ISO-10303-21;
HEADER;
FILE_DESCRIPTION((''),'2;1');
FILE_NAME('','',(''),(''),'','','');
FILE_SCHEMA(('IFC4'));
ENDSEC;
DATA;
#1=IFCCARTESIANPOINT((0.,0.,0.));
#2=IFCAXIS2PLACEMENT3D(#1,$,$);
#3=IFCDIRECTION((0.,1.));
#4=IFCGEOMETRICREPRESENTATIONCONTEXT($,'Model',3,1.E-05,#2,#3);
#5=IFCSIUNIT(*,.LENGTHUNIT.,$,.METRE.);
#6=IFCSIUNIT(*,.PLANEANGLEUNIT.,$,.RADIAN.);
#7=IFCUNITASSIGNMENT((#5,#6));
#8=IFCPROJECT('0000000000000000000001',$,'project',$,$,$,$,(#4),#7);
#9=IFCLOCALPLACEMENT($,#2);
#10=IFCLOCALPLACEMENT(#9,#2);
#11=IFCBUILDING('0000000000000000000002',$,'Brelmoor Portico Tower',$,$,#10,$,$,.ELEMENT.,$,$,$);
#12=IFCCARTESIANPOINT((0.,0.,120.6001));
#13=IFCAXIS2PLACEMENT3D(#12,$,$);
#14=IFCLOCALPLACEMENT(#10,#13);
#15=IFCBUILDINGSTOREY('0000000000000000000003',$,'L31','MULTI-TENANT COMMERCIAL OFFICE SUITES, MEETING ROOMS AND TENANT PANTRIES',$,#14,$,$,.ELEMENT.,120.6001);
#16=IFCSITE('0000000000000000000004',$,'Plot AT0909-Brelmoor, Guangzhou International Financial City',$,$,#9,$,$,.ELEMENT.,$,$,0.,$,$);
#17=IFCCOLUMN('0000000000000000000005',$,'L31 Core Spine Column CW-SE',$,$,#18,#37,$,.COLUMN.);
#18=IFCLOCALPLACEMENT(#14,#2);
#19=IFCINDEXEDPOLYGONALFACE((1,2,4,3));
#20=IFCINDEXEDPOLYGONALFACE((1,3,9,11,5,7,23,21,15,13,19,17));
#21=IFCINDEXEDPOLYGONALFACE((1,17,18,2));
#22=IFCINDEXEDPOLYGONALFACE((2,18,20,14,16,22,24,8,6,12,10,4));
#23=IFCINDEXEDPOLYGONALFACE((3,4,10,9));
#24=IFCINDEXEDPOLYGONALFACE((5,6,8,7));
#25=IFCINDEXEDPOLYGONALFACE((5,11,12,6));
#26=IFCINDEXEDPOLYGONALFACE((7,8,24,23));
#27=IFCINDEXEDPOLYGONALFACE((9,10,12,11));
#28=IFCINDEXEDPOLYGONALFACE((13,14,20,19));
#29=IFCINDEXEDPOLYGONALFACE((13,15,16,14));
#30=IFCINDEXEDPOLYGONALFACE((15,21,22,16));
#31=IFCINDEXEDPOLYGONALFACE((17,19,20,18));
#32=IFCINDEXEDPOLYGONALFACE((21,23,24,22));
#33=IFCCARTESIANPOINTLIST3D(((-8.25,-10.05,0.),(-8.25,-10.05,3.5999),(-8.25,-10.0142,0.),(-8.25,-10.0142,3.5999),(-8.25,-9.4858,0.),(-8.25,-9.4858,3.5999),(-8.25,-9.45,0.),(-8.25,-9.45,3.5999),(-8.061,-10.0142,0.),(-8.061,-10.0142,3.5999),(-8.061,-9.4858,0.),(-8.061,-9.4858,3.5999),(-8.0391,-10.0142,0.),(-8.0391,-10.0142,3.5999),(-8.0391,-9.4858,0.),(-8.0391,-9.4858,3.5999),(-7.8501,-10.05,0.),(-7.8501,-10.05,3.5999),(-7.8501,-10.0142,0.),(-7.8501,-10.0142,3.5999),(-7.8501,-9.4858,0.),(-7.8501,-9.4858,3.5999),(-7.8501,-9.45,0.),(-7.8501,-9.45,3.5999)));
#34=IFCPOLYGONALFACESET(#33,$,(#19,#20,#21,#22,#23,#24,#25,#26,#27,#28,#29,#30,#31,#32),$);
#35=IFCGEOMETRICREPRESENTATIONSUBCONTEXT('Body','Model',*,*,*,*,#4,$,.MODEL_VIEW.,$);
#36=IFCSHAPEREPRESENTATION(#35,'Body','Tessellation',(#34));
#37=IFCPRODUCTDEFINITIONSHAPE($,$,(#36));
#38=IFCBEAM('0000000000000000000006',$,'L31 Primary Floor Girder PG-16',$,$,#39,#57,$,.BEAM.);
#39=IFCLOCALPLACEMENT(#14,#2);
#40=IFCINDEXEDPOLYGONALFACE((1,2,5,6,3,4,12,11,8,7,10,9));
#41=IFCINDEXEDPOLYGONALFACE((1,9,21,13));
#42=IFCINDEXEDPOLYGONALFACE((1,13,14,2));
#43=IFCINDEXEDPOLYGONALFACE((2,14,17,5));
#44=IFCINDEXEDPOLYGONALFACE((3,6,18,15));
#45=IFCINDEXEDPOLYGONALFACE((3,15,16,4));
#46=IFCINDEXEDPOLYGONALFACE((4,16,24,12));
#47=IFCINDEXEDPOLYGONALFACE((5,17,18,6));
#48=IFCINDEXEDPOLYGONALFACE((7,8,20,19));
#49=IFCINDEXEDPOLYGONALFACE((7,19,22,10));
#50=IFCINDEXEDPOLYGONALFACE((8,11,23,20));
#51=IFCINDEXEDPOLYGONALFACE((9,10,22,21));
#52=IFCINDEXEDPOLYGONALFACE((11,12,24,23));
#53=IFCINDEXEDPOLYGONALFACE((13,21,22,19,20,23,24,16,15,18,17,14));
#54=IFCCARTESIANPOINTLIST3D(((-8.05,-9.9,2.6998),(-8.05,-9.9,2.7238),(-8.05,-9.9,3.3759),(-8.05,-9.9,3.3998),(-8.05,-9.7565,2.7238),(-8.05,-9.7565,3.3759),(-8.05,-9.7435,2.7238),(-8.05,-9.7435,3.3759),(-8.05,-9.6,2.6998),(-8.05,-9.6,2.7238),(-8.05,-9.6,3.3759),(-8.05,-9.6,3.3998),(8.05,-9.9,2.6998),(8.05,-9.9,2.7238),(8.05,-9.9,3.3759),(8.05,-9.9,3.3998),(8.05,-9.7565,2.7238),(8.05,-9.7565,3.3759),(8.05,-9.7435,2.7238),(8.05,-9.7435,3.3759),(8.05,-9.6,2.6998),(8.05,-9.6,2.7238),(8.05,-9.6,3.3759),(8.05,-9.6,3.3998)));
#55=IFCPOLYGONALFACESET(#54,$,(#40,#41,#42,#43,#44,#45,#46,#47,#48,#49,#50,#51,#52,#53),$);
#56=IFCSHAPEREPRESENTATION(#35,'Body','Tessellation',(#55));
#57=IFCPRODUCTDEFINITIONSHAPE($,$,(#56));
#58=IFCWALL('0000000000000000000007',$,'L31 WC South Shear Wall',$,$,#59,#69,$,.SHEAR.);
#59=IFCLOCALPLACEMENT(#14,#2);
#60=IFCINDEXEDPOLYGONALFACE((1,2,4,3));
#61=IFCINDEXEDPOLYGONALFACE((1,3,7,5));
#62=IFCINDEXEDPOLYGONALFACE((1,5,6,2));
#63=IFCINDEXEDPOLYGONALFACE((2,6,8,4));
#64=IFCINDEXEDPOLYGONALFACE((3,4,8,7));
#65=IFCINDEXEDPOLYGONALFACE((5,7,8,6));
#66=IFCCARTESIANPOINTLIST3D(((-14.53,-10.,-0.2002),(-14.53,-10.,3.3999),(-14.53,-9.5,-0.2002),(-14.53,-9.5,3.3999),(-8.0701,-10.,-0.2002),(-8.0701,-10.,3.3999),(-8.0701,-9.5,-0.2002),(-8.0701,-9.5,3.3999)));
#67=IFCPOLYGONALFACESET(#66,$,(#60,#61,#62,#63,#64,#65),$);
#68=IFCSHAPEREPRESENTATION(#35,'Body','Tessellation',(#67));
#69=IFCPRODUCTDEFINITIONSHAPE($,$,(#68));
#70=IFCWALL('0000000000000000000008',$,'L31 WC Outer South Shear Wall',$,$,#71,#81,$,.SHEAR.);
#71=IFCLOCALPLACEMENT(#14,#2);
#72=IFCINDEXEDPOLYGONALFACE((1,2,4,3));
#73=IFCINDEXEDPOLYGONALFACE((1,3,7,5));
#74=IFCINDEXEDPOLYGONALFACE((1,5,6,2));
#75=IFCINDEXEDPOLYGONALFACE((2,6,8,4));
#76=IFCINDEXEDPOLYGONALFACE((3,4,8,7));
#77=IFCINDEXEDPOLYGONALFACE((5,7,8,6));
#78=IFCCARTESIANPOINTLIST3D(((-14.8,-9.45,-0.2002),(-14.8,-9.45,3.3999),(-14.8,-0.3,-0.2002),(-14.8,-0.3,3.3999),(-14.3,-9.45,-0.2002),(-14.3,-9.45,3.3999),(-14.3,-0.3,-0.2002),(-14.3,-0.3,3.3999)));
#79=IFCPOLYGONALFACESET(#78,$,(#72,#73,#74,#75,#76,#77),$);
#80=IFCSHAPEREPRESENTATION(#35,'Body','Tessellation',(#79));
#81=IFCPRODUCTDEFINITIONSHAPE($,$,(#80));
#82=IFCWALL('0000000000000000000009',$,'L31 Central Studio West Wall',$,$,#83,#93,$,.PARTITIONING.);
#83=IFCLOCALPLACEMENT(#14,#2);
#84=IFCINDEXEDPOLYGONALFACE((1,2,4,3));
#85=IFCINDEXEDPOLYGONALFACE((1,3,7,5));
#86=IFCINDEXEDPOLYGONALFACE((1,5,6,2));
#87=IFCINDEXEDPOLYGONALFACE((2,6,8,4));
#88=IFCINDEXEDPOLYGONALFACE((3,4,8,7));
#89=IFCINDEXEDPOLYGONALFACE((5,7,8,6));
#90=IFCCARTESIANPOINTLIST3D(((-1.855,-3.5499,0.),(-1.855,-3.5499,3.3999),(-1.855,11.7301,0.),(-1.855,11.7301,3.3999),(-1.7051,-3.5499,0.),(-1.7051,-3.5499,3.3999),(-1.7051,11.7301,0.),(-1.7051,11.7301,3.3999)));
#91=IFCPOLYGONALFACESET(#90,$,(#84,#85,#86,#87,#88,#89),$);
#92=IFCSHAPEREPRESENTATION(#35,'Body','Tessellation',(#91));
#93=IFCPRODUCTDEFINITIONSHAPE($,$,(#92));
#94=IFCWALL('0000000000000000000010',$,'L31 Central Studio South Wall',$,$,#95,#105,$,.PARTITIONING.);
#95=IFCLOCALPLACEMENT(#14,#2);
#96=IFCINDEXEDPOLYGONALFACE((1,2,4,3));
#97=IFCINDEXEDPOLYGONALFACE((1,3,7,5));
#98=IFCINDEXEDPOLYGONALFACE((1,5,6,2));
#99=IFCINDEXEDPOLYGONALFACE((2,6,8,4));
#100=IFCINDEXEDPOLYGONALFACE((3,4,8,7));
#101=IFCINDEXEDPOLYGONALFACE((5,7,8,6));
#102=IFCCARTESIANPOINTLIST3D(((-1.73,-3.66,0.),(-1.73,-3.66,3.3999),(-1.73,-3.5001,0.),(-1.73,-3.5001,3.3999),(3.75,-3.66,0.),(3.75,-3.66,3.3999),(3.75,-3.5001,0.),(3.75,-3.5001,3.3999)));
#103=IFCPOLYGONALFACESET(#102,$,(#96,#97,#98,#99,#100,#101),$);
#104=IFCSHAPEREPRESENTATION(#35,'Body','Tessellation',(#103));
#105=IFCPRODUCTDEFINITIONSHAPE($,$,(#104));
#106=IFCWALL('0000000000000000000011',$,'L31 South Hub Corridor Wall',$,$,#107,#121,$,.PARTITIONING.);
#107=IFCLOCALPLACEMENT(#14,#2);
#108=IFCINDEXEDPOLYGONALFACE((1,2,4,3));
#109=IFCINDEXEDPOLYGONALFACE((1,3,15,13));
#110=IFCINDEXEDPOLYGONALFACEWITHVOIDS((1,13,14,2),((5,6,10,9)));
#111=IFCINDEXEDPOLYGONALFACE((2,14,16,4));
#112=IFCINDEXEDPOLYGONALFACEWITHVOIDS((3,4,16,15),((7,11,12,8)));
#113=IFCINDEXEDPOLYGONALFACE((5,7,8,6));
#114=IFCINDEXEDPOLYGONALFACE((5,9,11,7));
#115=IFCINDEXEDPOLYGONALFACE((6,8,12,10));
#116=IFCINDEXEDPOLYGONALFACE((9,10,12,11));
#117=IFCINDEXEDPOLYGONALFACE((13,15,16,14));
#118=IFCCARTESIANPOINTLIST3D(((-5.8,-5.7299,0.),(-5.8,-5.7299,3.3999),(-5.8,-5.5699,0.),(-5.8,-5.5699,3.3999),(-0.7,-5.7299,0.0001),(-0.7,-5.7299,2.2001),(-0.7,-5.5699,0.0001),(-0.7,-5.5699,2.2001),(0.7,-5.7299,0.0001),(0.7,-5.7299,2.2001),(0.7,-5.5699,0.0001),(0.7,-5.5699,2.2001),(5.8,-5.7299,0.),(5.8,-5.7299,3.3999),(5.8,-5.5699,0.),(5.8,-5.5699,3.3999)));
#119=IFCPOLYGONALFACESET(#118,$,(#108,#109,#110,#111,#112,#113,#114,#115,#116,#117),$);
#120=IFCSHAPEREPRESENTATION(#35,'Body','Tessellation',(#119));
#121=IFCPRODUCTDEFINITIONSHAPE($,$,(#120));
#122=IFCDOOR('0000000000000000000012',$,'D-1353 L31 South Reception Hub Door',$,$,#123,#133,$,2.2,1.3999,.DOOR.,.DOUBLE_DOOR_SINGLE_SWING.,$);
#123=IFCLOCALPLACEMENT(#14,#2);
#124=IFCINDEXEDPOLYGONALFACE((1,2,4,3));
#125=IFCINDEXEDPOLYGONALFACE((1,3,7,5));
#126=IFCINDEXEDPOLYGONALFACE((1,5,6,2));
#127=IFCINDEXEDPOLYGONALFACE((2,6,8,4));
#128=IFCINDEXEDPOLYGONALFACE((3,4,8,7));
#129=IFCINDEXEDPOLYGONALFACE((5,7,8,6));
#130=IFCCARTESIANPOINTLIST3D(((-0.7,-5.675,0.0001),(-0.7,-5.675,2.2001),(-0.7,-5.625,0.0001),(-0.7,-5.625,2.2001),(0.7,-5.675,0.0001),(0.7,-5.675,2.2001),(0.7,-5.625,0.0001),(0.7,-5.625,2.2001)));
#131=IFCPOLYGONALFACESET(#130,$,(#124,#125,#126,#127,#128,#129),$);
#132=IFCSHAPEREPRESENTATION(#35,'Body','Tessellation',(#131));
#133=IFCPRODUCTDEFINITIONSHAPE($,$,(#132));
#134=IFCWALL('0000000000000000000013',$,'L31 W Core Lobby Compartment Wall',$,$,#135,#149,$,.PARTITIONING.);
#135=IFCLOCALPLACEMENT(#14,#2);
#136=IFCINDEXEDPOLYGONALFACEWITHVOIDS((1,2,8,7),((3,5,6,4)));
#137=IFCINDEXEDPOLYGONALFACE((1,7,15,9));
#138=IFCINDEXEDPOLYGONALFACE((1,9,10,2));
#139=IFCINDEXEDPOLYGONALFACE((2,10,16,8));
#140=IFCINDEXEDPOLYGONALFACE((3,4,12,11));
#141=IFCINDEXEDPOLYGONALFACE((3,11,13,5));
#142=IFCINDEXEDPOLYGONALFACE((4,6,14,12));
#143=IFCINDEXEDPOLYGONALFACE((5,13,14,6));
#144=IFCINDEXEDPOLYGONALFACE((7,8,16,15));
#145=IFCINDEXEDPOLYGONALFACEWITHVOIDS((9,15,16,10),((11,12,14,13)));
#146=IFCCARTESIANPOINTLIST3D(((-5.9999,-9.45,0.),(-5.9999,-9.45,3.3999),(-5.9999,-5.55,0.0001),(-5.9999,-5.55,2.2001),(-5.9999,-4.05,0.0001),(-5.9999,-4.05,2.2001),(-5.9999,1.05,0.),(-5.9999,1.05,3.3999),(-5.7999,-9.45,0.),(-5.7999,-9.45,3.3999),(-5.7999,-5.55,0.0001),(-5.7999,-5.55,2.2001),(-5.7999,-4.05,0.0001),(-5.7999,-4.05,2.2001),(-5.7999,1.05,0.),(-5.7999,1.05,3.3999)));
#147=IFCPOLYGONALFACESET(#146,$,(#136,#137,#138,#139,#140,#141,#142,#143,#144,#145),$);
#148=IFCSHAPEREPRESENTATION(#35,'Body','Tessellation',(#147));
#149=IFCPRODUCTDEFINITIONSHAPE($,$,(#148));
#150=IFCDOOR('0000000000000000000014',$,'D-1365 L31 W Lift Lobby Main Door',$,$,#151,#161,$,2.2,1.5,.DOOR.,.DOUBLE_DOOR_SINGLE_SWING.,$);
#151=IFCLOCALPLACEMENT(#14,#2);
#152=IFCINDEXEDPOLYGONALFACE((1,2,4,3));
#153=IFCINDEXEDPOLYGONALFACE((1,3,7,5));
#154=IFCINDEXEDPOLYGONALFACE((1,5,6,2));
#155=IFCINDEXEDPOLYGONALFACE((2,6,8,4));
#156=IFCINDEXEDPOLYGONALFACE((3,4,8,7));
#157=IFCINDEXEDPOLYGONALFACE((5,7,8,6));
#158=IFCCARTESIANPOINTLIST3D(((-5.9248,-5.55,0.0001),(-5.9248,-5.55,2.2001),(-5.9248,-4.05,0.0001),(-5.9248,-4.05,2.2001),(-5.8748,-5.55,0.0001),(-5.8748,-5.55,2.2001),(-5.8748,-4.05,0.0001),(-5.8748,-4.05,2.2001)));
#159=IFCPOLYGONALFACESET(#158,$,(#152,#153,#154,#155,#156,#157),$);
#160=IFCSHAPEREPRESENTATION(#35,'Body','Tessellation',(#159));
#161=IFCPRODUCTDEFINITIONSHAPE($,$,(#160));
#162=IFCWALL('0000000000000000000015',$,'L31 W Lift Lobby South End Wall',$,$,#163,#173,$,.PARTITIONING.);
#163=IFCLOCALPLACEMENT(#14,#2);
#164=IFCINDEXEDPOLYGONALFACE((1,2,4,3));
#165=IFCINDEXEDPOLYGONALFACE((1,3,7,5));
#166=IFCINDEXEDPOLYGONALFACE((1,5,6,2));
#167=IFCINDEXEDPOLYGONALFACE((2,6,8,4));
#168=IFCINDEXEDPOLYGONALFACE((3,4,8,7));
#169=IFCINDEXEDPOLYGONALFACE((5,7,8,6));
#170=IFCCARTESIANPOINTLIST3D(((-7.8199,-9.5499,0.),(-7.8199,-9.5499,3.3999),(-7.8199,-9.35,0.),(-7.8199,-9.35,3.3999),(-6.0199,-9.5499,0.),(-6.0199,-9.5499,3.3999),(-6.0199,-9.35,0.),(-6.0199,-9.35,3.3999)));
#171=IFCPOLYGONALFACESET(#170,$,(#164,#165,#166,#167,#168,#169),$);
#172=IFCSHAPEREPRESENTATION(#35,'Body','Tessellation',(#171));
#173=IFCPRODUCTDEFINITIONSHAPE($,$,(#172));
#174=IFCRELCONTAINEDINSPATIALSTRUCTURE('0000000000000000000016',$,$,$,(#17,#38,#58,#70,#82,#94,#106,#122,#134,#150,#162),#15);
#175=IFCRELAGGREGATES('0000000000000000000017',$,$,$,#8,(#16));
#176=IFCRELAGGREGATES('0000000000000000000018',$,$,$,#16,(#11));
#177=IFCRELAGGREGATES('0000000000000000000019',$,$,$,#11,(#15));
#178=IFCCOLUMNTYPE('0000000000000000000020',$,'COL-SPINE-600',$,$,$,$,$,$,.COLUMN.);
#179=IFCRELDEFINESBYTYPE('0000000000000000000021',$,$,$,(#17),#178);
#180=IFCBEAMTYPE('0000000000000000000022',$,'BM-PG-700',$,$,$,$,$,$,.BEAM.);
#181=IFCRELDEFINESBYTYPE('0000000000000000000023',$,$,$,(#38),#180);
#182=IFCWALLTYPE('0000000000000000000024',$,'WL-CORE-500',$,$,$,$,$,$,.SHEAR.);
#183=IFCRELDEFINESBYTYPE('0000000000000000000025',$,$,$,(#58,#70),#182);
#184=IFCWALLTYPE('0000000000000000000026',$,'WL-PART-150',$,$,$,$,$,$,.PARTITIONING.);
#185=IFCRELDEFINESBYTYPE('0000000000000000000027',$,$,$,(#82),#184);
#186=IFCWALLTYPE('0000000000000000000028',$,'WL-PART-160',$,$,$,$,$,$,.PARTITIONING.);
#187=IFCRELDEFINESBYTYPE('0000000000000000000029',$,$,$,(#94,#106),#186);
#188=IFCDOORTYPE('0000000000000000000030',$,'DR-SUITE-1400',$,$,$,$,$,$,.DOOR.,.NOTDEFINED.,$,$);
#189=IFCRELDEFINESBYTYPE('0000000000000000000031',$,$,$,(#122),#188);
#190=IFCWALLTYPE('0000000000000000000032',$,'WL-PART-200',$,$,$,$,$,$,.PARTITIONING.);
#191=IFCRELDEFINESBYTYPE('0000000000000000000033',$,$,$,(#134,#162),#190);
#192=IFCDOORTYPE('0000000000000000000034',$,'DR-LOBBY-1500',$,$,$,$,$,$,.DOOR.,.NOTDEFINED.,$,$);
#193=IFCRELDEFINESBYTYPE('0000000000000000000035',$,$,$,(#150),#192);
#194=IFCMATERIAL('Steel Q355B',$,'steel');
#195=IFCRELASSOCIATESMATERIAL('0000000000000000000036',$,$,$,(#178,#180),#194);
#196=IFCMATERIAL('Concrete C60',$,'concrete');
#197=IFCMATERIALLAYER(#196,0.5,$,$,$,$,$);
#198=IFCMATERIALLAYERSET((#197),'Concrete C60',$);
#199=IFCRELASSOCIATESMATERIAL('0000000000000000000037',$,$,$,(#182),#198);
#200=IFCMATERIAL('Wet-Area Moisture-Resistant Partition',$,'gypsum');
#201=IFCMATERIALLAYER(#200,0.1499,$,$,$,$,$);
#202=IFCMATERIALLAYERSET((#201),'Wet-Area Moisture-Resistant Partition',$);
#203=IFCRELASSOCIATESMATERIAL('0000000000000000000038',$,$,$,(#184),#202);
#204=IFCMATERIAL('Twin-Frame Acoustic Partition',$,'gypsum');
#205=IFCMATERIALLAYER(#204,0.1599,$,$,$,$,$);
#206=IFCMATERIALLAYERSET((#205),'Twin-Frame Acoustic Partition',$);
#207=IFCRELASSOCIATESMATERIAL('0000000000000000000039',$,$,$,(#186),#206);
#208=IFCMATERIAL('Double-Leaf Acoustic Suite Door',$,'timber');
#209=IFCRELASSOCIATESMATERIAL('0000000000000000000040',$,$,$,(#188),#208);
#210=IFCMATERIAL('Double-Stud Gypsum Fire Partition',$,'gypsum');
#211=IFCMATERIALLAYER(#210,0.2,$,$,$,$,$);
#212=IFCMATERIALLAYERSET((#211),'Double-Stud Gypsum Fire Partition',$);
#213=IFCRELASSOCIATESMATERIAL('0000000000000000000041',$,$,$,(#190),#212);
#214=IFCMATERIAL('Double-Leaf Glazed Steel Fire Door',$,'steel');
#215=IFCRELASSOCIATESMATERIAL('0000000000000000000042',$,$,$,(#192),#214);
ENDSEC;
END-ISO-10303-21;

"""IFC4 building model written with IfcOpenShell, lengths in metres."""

from ifc_helpers import new_model, si_unit, direction, frame, frame_2d, origin, origin_2d, place, context, subcontext, project, spatial, rectangle, i_section, extrude, material, layer, layer_set, material_profile, profile_set, type_object, element, fill, save


model = new_model("IFC4")

# Units and contexts
model_context = context("Model", 3, precision=1e-05, world=origin(), true_north=direction((0.0, 1.0)))
body_context = subcontext(model_context, "Body", "Model", "MODEL_VIEW")
ifc_project = project(units=[si_unit("LENGTHUNIT", "METRE"), si_unit("PLANEANGLEUNIT", "RADIAN")], contexts=[model_context])

# Site, building, storey
site_placement = place(None, origin())
site = spatial("IfcSite", under=ifc_project, at=site_placement, Name="Plot AT0909-Brelmoor, Guangzhou International Financial City", CompositionType="ELEMENT", RefElevation=0.0)
building_placement = place(site_placement, origin())
building = spatial("IfcBuilding", under=site, at=building_placement, Name="Brelmoor Portico Tower", CompositionType="ELEMENT")
storey_placement = place(building_placement, frame((0.0, 0.0, 120.6001)))
storey = spatial("IfcBuildingStorey", under=building, at=storey_placement, Name="L31", Description="MULTI-TENANT COMMERCIAL OFFICE SUITES, MEETING ROOMS AND TENANT PANTRIES", CompositionType="ELEMENT", Elevation=120.6001)

# Column
ifc_material_1 = material(Name="Steel Q355B", Category="steel")
ifc_material_profile_1 = material_profile(ifc_material_1, i_section(OverallWidth=0.3999, OverallDepth=0.6001, WebThickness=0.022, FlangeThickness=0.0359, at=origin_2d()), Name="HW 600x400x22x36")
ifc_profile_set_1 = profile_set([ifc_material_profile_1], Name="Steel Q355B")
column_type = type_object("IfcColumnType", Name="COL-SPINE-600", PredefinedType="COLUMN", material=ifc_profile_set_1)
column_placement = place(storey_placement, frame((-8.05, -9.75, 0.0), z_axis=(0.0, 0.0, 1.0), x_axis=(1.0, 0.0, 0.0)))
element("IfcColumn", 1, at=column_placement, inside=storey, type_object=column_type, Name="L31 Core Spine Column CW-SE", PredefinedType="COLUMN", context=body_context, shape_type="SweptSolid", body=[
    extrude(i_section(OverallWidth=0.3999, OverallDepth=0.6001, WebThickness=0.022, FlangeThickness=0.0359, at=origin_2d()), origin(), (0.0, 0.0, 1.0), 3.5999),
])

# Beam
ifc_material_profile_2 = material_profile(ifc_material_1, i_section(OverallWidth=0.3, OverallDepth=0.7, WebThickness=0.0129, FlangeThickness=0.0239, at=origin_2d()), Name="HN 700x300x13x24")
ifc_profile_set_2 = profile_set([ifc_material_profile_2], Name="Steel Q355B")
beam_type = type_object("IfcBeamType", Name="BM-PG-700", PredefinedType="BEAM", material=ifc_profile_set_2)
beam_placement = place(storey_placement, frame((-8.05, -9.75, 3.0498), z_axis=(1.0, 0.0, 0.0), x_axis=(0.0, 1.0, 0.0)))
element("IfcBeam", 2, at=beam_placement, inside=storey, type_object=beam_type, Name="L31 Primary Floor Girder PG-16", PredefinedType="BEAM", context=body_context, shape_type="SweptSolid", body=[
    extrude(i_section(OverallWidth=0.3, OverallDepth=0.7, WebThickness=0.0129, FlangeThickness=0.0239, at=origin_2d()), origin(), (0.0, 0.0, 1.0), 16.1001),
])

# Walls
ifc_material_2 = material(Name="Concrete C60", Category="concrete")
ifc_layer_1 = layer(ifc_material_2, 0.5)
ifc_layer_set_1 = layer_set([ifc_layer_1], Name="Concrete C60")
wall_type_1 = type_object("IfcWallType", Name="WL-CORE-500", PredefinedType="SHEAR", material=ifc_layer_set_1)
wall_1_placement = place(storey_placement, frame((-14.53, -9.75, -0.2002), z_axis=(0.0, 0.0, 1.0), x_axis=(1.0, 0.0, 0.0)))
element("IfcWall", 3, at=wall_1_placement, inside=storey, type_object=wall_type_1, Name="L31 WC South Shear Wall", PredefinedType="SHEAR", context=body_context, shape_type="SweptSolid", body=[
    extrude(rectangle(XDim=6.46, YDim=0.5, at=frame_2d((3.23, 0.0))), origin(), (0.0, 0.0, 1.0), 3.6001),
])
wall_2_placement = place(storey_placement, frame((-14.55, -9.45, -0.2002), z_axis=(0.0, 0.0, 1.0), x_axis=(0.0, 1.0, 0.0)))
element("IfcWall", 4, at=wall_2_placement, inside=storey, type_object=wall_type_1, Name="L31 WC Outer South Shear Wall", PredefinedType="SHEAR", context=body_context, shape_type="SweptSolid", body=[
    extrude(rectangle(XDim=9.1499, YDim=0.5, at=frame_2d((4.575, 0.0))), origin(), (0.0, 0.0, 1.0), 3.6001),
])
ifc_material_3 = material(Name="Wet-Area Moisture-Resistant Partition", Category="gypsum")
ifc_layer_2 = layer(ifc_material_3, 0.1499)
ifc_layer_set_2 = layer_set([ifc_layer_2], Name="Wet-Area Moisture-Resistant Partition")
wall_type_2 = type_object("IfcWallType", Name="WL-PART-150", PredefinedType="PARTITIONING", material=ifc_layer_set_2)
wall_3_placement = place(storey_placement, frame((-1.78, -3.55, 0.0), z_axis=(0.0, 0.0, 1.0), x_axis=(0.0, 1.0, 0.0)))
element("IfcWall", 5, at=wall_3_placement, inside=storey, type_object=wall_type_2, Name="L31 Central Studio West Wall", PredefinedType="PARTITIONING", context=body_context, shape_type="SweptSolid", body=[
    extrude(rectangle(XDim=15.28, YDim=0.1499, at=frame_2d((7.6401, 0.0))), origin(), (0.0, 0.0, 1.0), 3.3999),
])

# Shared definitions
ifc_material_4 = material(Name="Twin-Frame Acoustic Partition", Category="gypsum")
ifc_layer_3 = layer(ifc_material_4, 0.1599)
ifc_layer_set_3 = layer_set([ifc_layer_3], Name="Twin-Frame Acoustic Partition")
wall_type_3 = type_object("IfcWallType", Name="WL-PART-160", PredefinedType="PARTITIONING", material=ifc_layer_set_3)

# Wall
wall_4_placement = place(storey_placement, frame((-1.73, -3.5801, 0.0), z_axis=(0.0, 0.0, 1.0), x_axis=(1.0, 0.0, 0.0)))
element("IfcWall", 6, at=wall_4_placement, inside=storey, type_object=wall_type_3, Name="L31 Central Studio South Wall", PredefinedType="PARTITIONING", context=body_context, shape_type="SweptSolid", body=[
    extrude(rectangle(XDim=5.48, YDim=0.1599, at=frame_2d((2.74, 0.0))), origin(), (0.0, 0.0, 1.0), 3.3999),
])

# Walls, openings, doors
wall_5_placement = place(storey_placement, frame((-5.8, -5.6499, 0.0), z_axis=(0.0, 0.0, 1.0), x_axis=(1.0, 0.0, 0.0)))
wall_5 = element("IfcWall", 7, at=wall_5_placement, inside=storey, type_object=wall_type_3, Name="L31 South Hub Corridor Wall", PredefinedType="PARTITIONING", context=body_context, shape_type="SweptSolid", body=[
    extrude(rectangle(XDim=11.6001, YDim=0.1599, at=frame_2d((5.8, 0.0))), origin(), (0.0, 0.0, 1.0), 3.3999),
])
opening_1_placement = place(wall_5_placement, frame((5.1001, 0.0, 0.0)))
opening_1 = element("IfcOpeningElement", 8, at=opening_1_placement, cuts=wall_5, PredefinedType="OPENING", context=body_context, shape_type="SweptSolid", body=[
    extrude(rectangle(XDim=1.3999, YDim=2.2, at=frame_2d((0.7, 1.1001))), frame((0.0, 0.0898, 0.0), z_axis=(0.0, -1.0, 0.0), x_axis=(1.0, 0.0, 0.0)), (0.0, 0.0, 1.0), 0.1799),
])
ifc_material_5 = material(Name="Double-Leaf Acoustic Suite Door", Category="timber")
door_type_1 = type_object("IfcDoorType", Name="DR-SUITE-1400", OperationType="NOTDEFINED", PredefinedType="DOOR", material=ifc_material_5)
door_1_placement = place(opening_1_placement, origin())
door_1 = element("IfcDoor", 9, at=door_1_placement, inside=storey, type_object=door_type_1, Name="D-1353 L31 South Reception Hub Door", OperationType="DOUBLE_DOOR_SINGLE_SWING", OverallHeight=2.2, OverallWidth=1.3999, PredefinedType="DOOR", context=body_context, shape_type="SweptSolid", body=[
    extrude(rectangle(XDim=1.3999, YDim=2.2, at=frame_2d((0.7, 1.1001))), frame((0.0, 0.0249, 0.0), z_axis=(0.0, -1.0, 0.0), x_axis=(1.0, 0.0, 0.0)), (0.0, 0.0, 1.0), 0.05),
])
fill(opening_1, door_1)
ifc_material_6 = material(Name="Double-Stud Gypsum Fire Partition", Category="gypsum")
ifc_layer_4 = layer(ifc_material_6, 0.2)
ifc_layer_set_4 = layer_set([ifc_layer_4], Name="Double-Stud Gypsum Fire Partition")
wall_type_4 = type_object("IfcWallType", Name="WL-PART-200", PredefinedType="PARTITIONING", material=ifc_layer_set_4)
wall_6_placement = place(storey_placement, frame((-5.8999, -9.45, 0.0), z_axis=(0.0, 0.0, 1.0), x_axis=(0.0, 1.0, 0.0)))
wall_6 = element("IfcWall", 10, at=wall_6_placement, inside=storey, type_object=wall_type_4, Name="L31 W Core Lobby Compartment Wall", PredefinedType="PARTITIONING", context=body_context, shape_type="SweptSolid", body=[
    extrude(rectangle(XDim=10.5, YDim=0.2, at=frame_2d((5.25, 0.0))), origin(), (0.0, 0.0, 1.0), 3.3999),
])
opening_2_placement = place(wall_6_placement, frame((3.8999, 0.0, 0.0)))
opening_2 = element("IfcOpeningElement", 11, at=opening_2_placement, cuts=wall_6, PredefinedType="OPENING", context=body_context, shape_type="SweptSolid", body=[
    extrude(rectangle(XDim=1.5, YDim=2.2, at=frame_2d((0.75, 1.1001))), frame((0.0, 0.1099, 0.0), z_axis=(0.0, -1.0, 0.0), x_axis=(1.0, 0.0, 0.0)), (0.0, 0.0, 1.0), 0.22),
])
ifc_material_7 = material(Name="Double-Leaf Glazed Steel Fire Door", Category="steel")
door_type_2 = type_object("IfcDoorType", Name="DR-LOBBY-1500", OperationType="NOTDEFINED", PredefinedType="DOOR", material=ifc_material_7)
door_2_placement = place(opening_2_placement, origin())
door_2 = element("IfcDoor", 12, at=door_2_placement, inside=storey, type_object=door_type_2, Name="D-1365 L31 W Lift Lobby Main Door", OperationType="DOUBLE_DOOR_SINGLE_SWING", OverallHeight=2.2, OverallWidth=1.5, PredefinedType="DOOR", context=body_context, shape_type="SweptSolid", body=[
    extrude(rectangle(XDim=1.5, YDim=2.2, at=frame_2d((0.75, 1.1001))), frame((0.0, 0.0249, 0.0), z_axis=(0.0, -1.0, 0.0), x_axis=(1.0, 0.0, 0.0)), (0.0, 0.0, 1.0), 0.05),
])
fill(opening_2, door_2)

# Wall
wall_7_placement = place(storey_placement, frame((-6.02, -9.45, 0.0), z_axis=(0.0, 0.0, 1.0), x_axis=(-1.0, 0.0, 0.0)))
element("IfcWall", 13, at=wall_7_placement, inside=storey, type_object=wall_type_4, Name="L31 W Lift Lobby South End Wall", PredefinedType="PARTITIONING", context=body_context, shape_type="SweptSolid", body=[
    extrude(rectangle(XDim=1.8, YDim=0.2, at=frame_2d((0.8999, 0.0))), origin(), (0.0, 0.0, 1.0), 3.3999),
])

save(model, "model.ifc")
